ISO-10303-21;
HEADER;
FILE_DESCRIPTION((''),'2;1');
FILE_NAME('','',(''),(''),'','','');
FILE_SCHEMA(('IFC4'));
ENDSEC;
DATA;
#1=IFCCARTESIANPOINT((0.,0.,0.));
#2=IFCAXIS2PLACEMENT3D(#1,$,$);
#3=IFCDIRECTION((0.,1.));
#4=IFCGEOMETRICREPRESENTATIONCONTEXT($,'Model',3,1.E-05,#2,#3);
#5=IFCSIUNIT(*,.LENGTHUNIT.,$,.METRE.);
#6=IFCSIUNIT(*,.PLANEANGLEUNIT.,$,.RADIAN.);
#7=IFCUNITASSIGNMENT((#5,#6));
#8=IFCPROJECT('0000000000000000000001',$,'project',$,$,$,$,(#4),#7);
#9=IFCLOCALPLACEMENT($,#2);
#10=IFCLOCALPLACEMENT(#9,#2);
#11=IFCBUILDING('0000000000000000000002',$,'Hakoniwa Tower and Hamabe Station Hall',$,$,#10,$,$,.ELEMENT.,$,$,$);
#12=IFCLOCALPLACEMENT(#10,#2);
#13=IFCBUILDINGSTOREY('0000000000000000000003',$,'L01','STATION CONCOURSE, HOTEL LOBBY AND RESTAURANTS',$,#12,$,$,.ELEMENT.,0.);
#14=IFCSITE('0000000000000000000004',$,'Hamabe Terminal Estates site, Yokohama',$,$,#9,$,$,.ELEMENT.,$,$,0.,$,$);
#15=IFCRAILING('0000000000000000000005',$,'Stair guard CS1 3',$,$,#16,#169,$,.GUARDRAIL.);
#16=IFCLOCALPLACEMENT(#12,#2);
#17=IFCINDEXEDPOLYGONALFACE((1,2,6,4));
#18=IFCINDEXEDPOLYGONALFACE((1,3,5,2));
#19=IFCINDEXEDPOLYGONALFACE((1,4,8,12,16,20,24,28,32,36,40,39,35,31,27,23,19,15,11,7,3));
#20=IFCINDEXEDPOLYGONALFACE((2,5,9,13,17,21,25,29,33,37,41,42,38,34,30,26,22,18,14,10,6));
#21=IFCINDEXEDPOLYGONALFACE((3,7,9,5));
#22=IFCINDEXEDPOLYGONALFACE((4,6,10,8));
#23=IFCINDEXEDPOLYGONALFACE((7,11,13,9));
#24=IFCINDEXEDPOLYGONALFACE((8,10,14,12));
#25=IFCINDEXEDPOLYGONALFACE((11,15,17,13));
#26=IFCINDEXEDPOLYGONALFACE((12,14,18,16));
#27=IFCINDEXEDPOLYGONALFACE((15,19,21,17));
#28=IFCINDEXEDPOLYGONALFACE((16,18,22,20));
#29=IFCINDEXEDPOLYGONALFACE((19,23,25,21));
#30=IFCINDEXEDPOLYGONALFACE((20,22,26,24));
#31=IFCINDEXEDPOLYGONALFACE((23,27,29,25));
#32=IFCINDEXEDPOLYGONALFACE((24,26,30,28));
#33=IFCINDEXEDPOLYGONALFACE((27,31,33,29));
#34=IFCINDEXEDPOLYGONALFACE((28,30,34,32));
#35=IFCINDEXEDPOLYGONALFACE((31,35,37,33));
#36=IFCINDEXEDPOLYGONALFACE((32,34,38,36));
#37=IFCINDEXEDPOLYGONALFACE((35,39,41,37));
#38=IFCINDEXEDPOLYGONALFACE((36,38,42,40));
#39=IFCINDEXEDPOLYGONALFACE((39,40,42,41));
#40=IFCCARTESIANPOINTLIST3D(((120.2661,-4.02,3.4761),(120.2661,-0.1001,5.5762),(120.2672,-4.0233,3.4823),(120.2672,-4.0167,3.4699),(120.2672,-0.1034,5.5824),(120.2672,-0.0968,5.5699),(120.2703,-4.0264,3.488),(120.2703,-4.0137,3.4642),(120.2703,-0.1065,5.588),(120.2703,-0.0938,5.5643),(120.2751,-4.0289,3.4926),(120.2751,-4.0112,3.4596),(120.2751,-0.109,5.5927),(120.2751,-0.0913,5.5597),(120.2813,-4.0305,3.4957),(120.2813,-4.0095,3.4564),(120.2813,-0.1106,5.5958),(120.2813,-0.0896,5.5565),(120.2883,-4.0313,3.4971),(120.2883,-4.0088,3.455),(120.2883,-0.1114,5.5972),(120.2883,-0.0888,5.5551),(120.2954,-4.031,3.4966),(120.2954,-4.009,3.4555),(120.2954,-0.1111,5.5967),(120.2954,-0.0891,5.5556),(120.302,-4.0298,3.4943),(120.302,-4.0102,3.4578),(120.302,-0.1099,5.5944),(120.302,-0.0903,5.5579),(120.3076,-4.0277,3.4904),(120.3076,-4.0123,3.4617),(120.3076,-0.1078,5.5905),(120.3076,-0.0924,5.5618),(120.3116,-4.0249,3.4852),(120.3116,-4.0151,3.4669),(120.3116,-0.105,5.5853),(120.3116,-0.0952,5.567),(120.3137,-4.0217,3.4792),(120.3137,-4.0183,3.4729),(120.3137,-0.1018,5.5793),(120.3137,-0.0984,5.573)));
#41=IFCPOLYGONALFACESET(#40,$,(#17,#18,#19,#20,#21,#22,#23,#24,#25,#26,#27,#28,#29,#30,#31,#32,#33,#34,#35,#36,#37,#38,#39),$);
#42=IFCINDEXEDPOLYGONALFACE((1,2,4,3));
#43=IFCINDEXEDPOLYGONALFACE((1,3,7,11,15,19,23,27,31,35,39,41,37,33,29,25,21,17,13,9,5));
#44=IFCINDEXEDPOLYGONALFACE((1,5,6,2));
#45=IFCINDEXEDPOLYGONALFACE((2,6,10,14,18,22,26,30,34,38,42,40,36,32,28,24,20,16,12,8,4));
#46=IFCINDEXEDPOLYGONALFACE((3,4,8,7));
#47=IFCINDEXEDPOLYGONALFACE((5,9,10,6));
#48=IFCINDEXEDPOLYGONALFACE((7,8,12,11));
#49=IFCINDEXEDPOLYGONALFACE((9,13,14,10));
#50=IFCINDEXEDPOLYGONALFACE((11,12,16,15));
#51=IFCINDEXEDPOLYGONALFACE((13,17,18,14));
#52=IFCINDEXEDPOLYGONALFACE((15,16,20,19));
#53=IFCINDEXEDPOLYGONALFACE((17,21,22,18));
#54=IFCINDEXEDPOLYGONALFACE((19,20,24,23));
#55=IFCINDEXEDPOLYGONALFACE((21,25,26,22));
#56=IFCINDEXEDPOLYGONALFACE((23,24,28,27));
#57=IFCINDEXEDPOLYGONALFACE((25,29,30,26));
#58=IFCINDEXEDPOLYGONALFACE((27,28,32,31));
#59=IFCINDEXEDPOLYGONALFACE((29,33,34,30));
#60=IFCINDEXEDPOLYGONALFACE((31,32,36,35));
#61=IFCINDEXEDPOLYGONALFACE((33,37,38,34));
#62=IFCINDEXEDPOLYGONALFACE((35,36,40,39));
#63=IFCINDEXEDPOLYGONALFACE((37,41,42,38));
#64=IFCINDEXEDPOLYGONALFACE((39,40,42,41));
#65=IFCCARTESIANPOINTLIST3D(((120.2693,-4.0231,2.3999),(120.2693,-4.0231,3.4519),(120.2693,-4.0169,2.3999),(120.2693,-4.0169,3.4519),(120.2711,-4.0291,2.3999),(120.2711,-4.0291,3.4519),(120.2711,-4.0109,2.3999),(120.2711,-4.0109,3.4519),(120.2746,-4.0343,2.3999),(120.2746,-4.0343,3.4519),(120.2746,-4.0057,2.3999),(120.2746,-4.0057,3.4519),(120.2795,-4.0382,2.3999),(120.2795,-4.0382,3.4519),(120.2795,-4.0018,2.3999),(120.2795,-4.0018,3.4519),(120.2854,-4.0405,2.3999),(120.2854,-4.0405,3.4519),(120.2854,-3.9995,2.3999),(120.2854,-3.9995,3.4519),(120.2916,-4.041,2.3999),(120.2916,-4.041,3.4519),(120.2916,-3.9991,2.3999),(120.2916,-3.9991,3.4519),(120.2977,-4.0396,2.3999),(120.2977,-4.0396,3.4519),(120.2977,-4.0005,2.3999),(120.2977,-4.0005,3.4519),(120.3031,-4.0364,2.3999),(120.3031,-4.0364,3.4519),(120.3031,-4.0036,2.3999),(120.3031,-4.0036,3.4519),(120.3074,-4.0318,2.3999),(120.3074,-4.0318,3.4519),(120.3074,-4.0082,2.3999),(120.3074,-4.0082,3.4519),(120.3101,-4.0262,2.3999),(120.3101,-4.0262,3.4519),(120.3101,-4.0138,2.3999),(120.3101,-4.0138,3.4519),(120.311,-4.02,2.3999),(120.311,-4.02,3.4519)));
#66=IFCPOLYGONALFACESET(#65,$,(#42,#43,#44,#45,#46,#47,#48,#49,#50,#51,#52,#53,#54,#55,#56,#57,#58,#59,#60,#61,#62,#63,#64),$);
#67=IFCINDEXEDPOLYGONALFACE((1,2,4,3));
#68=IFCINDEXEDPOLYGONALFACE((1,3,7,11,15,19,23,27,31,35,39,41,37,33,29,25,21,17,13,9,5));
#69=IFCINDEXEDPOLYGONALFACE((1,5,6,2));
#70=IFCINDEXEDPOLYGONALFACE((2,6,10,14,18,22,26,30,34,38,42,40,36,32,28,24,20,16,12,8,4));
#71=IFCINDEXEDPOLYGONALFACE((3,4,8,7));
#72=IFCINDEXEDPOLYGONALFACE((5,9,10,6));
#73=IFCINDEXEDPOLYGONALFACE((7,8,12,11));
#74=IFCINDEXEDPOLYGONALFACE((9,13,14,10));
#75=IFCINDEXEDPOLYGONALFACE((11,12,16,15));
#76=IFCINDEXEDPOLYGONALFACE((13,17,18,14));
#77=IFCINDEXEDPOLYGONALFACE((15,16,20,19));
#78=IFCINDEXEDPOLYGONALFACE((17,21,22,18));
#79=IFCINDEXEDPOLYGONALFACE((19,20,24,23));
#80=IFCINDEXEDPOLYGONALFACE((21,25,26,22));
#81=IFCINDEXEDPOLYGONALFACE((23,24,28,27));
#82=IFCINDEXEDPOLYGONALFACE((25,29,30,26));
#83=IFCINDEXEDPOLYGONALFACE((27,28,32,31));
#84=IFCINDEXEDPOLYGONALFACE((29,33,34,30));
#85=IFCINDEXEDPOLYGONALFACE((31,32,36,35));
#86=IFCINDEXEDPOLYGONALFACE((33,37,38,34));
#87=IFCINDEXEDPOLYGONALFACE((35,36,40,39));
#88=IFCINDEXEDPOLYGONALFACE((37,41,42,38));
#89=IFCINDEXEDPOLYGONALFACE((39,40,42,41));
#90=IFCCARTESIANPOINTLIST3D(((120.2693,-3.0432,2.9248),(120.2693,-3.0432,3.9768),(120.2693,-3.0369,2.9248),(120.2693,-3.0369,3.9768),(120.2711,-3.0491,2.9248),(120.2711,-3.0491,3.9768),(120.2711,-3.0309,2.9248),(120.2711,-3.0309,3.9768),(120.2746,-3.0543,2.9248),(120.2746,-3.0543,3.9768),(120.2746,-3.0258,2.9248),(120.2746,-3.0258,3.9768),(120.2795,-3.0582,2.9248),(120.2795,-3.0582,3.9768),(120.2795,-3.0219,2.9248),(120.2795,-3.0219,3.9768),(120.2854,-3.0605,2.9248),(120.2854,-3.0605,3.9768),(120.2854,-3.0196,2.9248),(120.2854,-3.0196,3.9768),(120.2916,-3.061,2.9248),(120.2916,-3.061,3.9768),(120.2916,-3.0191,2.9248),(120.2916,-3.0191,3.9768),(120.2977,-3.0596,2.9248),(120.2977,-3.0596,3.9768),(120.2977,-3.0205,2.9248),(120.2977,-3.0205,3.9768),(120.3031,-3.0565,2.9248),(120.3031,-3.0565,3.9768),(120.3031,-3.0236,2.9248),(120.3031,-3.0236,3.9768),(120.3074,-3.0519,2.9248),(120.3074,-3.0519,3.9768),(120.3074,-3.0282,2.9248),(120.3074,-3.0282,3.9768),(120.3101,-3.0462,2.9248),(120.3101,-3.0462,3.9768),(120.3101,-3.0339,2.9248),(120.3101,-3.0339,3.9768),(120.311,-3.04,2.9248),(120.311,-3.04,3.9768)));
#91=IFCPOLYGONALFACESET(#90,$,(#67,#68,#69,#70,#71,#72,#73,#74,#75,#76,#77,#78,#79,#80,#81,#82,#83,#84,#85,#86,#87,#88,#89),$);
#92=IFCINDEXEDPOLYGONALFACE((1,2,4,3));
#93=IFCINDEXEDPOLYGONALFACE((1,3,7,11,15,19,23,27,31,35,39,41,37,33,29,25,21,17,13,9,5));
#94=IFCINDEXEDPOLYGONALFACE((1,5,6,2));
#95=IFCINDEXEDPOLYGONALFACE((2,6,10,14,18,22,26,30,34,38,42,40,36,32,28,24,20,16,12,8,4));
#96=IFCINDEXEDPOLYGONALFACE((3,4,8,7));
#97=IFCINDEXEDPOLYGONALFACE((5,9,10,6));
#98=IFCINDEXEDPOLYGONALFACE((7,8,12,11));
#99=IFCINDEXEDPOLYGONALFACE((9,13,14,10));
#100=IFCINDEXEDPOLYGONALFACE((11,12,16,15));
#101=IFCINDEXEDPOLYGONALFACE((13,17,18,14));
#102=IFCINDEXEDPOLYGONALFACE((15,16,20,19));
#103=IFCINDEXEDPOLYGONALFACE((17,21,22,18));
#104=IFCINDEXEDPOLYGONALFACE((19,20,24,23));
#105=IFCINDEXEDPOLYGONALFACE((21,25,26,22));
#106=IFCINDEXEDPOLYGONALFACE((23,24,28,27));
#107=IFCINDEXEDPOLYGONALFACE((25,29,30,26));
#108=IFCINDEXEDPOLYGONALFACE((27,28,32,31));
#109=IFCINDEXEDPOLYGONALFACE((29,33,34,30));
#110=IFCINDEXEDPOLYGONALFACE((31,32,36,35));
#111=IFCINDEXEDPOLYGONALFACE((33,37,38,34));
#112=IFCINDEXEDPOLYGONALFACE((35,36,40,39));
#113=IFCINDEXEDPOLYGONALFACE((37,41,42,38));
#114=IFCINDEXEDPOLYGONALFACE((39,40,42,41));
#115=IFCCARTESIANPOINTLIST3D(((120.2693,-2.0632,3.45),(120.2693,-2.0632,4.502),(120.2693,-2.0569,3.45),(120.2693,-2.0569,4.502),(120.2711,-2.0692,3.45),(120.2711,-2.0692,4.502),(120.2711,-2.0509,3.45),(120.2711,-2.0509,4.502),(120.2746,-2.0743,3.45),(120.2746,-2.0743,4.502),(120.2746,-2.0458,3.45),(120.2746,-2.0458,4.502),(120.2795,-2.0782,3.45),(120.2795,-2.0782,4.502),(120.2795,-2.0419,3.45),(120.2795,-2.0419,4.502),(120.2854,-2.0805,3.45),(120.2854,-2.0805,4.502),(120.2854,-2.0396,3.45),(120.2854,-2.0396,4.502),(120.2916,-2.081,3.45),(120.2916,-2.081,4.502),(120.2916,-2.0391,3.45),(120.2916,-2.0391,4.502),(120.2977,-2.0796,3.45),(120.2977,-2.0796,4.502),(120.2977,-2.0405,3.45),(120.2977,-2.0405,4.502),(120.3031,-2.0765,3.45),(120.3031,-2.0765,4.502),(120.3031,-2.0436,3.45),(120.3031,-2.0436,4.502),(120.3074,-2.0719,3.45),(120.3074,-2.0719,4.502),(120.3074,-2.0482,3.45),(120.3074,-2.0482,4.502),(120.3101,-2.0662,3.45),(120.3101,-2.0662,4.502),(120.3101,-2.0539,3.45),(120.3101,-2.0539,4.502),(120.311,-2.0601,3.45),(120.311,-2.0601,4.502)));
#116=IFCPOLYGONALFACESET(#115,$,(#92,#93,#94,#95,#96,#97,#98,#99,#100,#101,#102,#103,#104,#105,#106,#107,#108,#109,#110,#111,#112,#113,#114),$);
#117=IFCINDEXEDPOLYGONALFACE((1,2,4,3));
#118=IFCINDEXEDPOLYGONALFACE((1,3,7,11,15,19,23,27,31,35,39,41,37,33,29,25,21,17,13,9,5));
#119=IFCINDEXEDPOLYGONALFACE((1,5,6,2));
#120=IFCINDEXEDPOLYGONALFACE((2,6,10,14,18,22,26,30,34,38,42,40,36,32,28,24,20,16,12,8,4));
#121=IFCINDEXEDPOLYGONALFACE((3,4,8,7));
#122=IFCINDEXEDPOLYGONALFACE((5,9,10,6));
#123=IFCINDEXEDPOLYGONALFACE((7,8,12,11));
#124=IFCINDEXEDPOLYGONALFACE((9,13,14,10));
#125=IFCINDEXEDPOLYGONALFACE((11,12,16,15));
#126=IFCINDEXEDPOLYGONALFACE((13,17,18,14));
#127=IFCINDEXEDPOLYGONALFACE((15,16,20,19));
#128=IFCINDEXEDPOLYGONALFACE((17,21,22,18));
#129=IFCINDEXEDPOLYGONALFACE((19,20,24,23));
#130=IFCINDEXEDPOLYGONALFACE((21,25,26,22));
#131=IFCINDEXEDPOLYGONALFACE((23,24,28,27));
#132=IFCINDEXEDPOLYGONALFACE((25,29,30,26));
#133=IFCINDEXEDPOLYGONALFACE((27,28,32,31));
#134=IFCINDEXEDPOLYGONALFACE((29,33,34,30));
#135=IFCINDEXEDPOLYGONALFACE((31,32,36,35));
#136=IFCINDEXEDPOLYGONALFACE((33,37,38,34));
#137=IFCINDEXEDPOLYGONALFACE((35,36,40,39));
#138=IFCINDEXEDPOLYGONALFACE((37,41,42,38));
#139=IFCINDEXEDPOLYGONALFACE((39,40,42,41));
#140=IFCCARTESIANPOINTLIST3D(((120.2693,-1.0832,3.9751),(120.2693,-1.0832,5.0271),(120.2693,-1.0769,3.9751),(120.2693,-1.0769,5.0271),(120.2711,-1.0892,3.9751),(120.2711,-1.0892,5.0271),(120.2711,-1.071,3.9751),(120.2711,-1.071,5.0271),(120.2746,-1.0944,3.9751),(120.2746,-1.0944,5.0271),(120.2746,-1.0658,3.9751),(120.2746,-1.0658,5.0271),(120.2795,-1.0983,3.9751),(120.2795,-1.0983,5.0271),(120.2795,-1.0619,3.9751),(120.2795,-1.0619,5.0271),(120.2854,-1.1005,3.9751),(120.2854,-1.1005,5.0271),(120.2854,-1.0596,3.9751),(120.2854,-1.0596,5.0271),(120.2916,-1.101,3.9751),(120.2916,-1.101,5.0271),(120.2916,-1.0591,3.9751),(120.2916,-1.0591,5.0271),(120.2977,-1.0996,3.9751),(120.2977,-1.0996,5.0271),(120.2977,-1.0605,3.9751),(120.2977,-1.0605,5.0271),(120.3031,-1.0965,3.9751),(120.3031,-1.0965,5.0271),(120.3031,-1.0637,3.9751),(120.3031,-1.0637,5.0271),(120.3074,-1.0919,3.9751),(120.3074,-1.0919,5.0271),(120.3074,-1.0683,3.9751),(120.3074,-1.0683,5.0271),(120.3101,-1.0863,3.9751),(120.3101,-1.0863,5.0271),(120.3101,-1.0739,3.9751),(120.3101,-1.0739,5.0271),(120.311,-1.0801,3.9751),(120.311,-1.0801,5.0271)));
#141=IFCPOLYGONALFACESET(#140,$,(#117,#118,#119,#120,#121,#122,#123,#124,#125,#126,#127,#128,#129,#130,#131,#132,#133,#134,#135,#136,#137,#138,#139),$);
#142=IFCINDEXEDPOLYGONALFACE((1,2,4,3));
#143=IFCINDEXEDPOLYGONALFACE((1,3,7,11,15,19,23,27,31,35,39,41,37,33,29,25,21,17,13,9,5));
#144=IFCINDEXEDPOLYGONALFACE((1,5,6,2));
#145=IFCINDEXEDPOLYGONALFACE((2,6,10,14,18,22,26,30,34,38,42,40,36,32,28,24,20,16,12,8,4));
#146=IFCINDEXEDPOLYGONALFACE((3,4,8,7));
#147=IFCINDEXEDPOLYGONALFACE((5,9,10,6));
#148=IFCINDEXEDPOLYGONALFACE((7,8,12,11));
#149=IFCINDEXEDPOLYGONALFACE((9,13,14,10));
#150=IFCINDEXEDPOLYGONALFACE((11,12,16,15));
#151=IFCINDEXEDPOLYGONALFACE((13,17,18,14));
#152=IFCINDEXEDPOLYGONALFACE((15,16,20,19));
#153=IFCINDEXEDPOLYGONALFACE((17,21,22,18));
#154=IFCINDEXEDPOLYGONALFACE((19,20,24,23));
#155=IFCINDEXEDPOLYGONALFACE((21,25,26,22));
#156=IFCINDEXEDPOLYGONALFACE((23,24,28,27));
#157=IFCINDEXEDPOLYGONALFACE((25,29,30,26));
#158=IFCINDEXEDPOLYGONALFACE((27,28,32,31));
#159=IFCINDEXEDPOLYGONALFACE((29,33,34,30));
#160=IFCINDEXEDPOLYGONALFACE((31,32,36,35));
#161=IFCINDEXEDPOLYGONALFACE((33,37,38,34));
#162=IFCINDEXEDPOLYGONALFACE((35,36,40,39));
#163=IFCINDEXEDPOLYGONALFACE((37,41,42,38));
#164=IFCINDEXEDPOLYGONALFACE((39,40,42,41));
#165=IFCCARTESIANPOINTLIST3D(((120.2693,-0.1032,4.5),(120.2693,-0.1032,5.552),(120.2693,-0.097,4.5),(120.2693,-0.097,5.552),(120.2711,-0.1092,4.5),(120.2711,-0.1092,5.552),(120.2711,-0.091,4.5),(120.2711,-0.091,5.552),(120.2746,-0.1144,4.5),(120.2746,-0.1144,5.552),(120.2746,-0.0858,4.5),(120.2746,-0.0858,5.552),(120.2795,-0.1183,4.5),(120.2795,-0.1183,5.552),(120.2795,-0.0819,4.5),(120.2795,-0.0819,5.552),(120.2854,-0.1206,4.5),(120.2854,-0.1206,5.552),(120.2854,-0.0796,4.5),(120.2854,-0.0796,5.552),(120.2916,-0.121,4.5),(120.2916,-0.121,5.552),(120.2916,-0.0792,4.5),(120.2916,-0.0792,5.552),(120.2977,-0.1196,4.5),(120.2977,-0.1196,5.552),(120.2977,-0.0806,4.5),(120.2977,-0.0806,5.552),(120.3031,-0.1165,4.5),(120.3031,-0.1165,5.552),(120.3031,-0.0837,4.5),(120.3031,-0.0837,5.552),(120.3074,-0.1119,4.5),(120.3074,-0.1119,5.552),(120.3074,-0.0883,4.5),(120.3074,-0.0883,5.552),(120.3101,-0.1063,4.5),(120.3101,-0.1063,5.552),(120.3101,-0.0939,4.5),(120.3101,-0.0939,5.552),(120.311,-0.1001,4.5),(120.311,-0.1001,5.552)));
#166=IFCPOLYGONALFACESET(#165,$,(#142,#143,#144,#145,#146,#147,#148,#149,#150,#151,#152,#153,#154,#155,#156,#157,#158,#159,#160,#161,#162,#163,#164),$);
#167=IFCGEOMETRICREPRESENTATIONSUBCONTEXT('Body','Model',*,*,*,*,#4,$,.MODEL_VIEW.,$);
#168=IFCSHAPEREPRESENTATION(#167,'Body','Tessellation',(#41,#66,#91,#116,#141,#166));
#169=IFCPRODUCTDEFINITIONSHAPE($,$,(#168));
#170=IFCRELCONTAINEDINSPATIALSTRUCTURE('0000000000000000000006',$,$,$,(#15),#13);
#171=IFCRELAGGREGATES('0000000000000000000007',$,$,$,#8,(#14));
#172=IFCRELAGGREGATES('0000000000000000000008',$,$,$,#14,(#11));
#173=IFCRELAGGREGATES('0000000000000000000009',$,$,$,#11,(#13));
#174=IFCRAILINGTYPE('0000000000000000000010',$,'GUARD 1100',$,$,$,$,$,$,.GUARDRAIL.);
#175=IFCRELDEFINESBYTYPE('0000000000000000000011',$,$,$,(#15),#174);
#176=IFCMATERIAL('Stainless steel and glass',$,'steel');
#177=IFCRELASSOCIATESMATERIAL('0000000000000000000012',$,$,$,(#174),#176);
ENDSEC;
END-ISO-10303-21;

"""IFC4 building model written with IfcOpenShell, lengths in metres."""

from ifc_helpers import new_model, si_unit, direction, frame, origin, origin_2d, place, context, subcontext, project, spatial, circle, extrude, material, type_object, element, save


model = new_model("IFC4")

# Units and contexts
model_context = context("Model", 3, precision=1e-05, world=origin(), true_north=direction((0.0, 1.0)))
body_context = subcontext(model_context, "Body", "Model", "MODEL_VIEW")
ifc_project = project(units=[si_unit("LENGTHUNIT", "METRE"), si_unit("PLANEANGLEUNIT", "RADIAN")], contexts=[model_context])

# Site, building, storey
site_placement = place(None, origin())
site = spatial("IfcSite", under=ifc_project, at=site_placement, Name="Hamabe Terminal Estates site, Yokohama", CompositionType="ELEMENT", RefElevation=0.0)
building_placement = place(site_placement, origin())
building = spatial("IfcBuilding", under=site, at=building_placement, Name="Hakoniwa Tower and Hamabe Station Hall", CompositionType="ELEMENT")
storey_placement = place(building_placement, origin())
storey = spatial("IfcBuildingStorey", under=building, at=storey_placement, Name="L01", Description="STATION CONCOURSE, HOTEL LOBBY AND RESTAURANTS", CompositionType="ELEMENT", Elevation=0.0)

# Railing
ifc_material_1 = material(Name="Stainless steel and glass", Category="steel")
railing_type_1 = type_object("IfcRailingType", Name="GUARD 1100", PredefinedType="GUARDRAIL", material=ifc_material_1)
for number, where, name in (
    (1, (120.29, -4.02, 2.3999), "Stair guard CS1 3"),
):
    element("IfcRailing", number, at=place(storey_placement, frame(where)), inside=storey, type_object=railing_type_1, Name=name, PredefinedType="GUARDRAIL", context=body_context, shape_type="SweptSolid", body=[
        extrude(circle(Radius=0.0239, at=origin_2d()), frame((0.0, 0.0, 1.0762), z_axis=(0.0, 0.881467, 0.472246), x_axis=(-1.0, 0.0, 0.0)), (0.0, 0.0, 1.0), 4.447),
        extrude(circle(Radius=0.021, at=origin_2d()), origin(), (0.0, 0.0, 1.0), 1.052),
        extrude(circle(Radius=0.021, at=origin_2d()), frame((0.0, 0.98, 0.5249)), (0.0, 0.0, 1.0), 1.052),
        extrude(circle(Radius=0.021, at=origin_2d()), frame((0.0, 1.96, 1.05)), (0.0, 0.0, 1.0), 1.052),
        extrude(circle(Radius=0.021, at=origin_2d()), frame((0.0, 2.9399, 1.5752)), (0.0, 0.0, 1.0), 1.052),
        extrude(circle(Radius=0.021, at=origin_2d()), frame((0.0, 3.9199, 2.1001)), (0.0, 0.0, 1.0), 1.052),
    ])

save(model, "model.ifc")
